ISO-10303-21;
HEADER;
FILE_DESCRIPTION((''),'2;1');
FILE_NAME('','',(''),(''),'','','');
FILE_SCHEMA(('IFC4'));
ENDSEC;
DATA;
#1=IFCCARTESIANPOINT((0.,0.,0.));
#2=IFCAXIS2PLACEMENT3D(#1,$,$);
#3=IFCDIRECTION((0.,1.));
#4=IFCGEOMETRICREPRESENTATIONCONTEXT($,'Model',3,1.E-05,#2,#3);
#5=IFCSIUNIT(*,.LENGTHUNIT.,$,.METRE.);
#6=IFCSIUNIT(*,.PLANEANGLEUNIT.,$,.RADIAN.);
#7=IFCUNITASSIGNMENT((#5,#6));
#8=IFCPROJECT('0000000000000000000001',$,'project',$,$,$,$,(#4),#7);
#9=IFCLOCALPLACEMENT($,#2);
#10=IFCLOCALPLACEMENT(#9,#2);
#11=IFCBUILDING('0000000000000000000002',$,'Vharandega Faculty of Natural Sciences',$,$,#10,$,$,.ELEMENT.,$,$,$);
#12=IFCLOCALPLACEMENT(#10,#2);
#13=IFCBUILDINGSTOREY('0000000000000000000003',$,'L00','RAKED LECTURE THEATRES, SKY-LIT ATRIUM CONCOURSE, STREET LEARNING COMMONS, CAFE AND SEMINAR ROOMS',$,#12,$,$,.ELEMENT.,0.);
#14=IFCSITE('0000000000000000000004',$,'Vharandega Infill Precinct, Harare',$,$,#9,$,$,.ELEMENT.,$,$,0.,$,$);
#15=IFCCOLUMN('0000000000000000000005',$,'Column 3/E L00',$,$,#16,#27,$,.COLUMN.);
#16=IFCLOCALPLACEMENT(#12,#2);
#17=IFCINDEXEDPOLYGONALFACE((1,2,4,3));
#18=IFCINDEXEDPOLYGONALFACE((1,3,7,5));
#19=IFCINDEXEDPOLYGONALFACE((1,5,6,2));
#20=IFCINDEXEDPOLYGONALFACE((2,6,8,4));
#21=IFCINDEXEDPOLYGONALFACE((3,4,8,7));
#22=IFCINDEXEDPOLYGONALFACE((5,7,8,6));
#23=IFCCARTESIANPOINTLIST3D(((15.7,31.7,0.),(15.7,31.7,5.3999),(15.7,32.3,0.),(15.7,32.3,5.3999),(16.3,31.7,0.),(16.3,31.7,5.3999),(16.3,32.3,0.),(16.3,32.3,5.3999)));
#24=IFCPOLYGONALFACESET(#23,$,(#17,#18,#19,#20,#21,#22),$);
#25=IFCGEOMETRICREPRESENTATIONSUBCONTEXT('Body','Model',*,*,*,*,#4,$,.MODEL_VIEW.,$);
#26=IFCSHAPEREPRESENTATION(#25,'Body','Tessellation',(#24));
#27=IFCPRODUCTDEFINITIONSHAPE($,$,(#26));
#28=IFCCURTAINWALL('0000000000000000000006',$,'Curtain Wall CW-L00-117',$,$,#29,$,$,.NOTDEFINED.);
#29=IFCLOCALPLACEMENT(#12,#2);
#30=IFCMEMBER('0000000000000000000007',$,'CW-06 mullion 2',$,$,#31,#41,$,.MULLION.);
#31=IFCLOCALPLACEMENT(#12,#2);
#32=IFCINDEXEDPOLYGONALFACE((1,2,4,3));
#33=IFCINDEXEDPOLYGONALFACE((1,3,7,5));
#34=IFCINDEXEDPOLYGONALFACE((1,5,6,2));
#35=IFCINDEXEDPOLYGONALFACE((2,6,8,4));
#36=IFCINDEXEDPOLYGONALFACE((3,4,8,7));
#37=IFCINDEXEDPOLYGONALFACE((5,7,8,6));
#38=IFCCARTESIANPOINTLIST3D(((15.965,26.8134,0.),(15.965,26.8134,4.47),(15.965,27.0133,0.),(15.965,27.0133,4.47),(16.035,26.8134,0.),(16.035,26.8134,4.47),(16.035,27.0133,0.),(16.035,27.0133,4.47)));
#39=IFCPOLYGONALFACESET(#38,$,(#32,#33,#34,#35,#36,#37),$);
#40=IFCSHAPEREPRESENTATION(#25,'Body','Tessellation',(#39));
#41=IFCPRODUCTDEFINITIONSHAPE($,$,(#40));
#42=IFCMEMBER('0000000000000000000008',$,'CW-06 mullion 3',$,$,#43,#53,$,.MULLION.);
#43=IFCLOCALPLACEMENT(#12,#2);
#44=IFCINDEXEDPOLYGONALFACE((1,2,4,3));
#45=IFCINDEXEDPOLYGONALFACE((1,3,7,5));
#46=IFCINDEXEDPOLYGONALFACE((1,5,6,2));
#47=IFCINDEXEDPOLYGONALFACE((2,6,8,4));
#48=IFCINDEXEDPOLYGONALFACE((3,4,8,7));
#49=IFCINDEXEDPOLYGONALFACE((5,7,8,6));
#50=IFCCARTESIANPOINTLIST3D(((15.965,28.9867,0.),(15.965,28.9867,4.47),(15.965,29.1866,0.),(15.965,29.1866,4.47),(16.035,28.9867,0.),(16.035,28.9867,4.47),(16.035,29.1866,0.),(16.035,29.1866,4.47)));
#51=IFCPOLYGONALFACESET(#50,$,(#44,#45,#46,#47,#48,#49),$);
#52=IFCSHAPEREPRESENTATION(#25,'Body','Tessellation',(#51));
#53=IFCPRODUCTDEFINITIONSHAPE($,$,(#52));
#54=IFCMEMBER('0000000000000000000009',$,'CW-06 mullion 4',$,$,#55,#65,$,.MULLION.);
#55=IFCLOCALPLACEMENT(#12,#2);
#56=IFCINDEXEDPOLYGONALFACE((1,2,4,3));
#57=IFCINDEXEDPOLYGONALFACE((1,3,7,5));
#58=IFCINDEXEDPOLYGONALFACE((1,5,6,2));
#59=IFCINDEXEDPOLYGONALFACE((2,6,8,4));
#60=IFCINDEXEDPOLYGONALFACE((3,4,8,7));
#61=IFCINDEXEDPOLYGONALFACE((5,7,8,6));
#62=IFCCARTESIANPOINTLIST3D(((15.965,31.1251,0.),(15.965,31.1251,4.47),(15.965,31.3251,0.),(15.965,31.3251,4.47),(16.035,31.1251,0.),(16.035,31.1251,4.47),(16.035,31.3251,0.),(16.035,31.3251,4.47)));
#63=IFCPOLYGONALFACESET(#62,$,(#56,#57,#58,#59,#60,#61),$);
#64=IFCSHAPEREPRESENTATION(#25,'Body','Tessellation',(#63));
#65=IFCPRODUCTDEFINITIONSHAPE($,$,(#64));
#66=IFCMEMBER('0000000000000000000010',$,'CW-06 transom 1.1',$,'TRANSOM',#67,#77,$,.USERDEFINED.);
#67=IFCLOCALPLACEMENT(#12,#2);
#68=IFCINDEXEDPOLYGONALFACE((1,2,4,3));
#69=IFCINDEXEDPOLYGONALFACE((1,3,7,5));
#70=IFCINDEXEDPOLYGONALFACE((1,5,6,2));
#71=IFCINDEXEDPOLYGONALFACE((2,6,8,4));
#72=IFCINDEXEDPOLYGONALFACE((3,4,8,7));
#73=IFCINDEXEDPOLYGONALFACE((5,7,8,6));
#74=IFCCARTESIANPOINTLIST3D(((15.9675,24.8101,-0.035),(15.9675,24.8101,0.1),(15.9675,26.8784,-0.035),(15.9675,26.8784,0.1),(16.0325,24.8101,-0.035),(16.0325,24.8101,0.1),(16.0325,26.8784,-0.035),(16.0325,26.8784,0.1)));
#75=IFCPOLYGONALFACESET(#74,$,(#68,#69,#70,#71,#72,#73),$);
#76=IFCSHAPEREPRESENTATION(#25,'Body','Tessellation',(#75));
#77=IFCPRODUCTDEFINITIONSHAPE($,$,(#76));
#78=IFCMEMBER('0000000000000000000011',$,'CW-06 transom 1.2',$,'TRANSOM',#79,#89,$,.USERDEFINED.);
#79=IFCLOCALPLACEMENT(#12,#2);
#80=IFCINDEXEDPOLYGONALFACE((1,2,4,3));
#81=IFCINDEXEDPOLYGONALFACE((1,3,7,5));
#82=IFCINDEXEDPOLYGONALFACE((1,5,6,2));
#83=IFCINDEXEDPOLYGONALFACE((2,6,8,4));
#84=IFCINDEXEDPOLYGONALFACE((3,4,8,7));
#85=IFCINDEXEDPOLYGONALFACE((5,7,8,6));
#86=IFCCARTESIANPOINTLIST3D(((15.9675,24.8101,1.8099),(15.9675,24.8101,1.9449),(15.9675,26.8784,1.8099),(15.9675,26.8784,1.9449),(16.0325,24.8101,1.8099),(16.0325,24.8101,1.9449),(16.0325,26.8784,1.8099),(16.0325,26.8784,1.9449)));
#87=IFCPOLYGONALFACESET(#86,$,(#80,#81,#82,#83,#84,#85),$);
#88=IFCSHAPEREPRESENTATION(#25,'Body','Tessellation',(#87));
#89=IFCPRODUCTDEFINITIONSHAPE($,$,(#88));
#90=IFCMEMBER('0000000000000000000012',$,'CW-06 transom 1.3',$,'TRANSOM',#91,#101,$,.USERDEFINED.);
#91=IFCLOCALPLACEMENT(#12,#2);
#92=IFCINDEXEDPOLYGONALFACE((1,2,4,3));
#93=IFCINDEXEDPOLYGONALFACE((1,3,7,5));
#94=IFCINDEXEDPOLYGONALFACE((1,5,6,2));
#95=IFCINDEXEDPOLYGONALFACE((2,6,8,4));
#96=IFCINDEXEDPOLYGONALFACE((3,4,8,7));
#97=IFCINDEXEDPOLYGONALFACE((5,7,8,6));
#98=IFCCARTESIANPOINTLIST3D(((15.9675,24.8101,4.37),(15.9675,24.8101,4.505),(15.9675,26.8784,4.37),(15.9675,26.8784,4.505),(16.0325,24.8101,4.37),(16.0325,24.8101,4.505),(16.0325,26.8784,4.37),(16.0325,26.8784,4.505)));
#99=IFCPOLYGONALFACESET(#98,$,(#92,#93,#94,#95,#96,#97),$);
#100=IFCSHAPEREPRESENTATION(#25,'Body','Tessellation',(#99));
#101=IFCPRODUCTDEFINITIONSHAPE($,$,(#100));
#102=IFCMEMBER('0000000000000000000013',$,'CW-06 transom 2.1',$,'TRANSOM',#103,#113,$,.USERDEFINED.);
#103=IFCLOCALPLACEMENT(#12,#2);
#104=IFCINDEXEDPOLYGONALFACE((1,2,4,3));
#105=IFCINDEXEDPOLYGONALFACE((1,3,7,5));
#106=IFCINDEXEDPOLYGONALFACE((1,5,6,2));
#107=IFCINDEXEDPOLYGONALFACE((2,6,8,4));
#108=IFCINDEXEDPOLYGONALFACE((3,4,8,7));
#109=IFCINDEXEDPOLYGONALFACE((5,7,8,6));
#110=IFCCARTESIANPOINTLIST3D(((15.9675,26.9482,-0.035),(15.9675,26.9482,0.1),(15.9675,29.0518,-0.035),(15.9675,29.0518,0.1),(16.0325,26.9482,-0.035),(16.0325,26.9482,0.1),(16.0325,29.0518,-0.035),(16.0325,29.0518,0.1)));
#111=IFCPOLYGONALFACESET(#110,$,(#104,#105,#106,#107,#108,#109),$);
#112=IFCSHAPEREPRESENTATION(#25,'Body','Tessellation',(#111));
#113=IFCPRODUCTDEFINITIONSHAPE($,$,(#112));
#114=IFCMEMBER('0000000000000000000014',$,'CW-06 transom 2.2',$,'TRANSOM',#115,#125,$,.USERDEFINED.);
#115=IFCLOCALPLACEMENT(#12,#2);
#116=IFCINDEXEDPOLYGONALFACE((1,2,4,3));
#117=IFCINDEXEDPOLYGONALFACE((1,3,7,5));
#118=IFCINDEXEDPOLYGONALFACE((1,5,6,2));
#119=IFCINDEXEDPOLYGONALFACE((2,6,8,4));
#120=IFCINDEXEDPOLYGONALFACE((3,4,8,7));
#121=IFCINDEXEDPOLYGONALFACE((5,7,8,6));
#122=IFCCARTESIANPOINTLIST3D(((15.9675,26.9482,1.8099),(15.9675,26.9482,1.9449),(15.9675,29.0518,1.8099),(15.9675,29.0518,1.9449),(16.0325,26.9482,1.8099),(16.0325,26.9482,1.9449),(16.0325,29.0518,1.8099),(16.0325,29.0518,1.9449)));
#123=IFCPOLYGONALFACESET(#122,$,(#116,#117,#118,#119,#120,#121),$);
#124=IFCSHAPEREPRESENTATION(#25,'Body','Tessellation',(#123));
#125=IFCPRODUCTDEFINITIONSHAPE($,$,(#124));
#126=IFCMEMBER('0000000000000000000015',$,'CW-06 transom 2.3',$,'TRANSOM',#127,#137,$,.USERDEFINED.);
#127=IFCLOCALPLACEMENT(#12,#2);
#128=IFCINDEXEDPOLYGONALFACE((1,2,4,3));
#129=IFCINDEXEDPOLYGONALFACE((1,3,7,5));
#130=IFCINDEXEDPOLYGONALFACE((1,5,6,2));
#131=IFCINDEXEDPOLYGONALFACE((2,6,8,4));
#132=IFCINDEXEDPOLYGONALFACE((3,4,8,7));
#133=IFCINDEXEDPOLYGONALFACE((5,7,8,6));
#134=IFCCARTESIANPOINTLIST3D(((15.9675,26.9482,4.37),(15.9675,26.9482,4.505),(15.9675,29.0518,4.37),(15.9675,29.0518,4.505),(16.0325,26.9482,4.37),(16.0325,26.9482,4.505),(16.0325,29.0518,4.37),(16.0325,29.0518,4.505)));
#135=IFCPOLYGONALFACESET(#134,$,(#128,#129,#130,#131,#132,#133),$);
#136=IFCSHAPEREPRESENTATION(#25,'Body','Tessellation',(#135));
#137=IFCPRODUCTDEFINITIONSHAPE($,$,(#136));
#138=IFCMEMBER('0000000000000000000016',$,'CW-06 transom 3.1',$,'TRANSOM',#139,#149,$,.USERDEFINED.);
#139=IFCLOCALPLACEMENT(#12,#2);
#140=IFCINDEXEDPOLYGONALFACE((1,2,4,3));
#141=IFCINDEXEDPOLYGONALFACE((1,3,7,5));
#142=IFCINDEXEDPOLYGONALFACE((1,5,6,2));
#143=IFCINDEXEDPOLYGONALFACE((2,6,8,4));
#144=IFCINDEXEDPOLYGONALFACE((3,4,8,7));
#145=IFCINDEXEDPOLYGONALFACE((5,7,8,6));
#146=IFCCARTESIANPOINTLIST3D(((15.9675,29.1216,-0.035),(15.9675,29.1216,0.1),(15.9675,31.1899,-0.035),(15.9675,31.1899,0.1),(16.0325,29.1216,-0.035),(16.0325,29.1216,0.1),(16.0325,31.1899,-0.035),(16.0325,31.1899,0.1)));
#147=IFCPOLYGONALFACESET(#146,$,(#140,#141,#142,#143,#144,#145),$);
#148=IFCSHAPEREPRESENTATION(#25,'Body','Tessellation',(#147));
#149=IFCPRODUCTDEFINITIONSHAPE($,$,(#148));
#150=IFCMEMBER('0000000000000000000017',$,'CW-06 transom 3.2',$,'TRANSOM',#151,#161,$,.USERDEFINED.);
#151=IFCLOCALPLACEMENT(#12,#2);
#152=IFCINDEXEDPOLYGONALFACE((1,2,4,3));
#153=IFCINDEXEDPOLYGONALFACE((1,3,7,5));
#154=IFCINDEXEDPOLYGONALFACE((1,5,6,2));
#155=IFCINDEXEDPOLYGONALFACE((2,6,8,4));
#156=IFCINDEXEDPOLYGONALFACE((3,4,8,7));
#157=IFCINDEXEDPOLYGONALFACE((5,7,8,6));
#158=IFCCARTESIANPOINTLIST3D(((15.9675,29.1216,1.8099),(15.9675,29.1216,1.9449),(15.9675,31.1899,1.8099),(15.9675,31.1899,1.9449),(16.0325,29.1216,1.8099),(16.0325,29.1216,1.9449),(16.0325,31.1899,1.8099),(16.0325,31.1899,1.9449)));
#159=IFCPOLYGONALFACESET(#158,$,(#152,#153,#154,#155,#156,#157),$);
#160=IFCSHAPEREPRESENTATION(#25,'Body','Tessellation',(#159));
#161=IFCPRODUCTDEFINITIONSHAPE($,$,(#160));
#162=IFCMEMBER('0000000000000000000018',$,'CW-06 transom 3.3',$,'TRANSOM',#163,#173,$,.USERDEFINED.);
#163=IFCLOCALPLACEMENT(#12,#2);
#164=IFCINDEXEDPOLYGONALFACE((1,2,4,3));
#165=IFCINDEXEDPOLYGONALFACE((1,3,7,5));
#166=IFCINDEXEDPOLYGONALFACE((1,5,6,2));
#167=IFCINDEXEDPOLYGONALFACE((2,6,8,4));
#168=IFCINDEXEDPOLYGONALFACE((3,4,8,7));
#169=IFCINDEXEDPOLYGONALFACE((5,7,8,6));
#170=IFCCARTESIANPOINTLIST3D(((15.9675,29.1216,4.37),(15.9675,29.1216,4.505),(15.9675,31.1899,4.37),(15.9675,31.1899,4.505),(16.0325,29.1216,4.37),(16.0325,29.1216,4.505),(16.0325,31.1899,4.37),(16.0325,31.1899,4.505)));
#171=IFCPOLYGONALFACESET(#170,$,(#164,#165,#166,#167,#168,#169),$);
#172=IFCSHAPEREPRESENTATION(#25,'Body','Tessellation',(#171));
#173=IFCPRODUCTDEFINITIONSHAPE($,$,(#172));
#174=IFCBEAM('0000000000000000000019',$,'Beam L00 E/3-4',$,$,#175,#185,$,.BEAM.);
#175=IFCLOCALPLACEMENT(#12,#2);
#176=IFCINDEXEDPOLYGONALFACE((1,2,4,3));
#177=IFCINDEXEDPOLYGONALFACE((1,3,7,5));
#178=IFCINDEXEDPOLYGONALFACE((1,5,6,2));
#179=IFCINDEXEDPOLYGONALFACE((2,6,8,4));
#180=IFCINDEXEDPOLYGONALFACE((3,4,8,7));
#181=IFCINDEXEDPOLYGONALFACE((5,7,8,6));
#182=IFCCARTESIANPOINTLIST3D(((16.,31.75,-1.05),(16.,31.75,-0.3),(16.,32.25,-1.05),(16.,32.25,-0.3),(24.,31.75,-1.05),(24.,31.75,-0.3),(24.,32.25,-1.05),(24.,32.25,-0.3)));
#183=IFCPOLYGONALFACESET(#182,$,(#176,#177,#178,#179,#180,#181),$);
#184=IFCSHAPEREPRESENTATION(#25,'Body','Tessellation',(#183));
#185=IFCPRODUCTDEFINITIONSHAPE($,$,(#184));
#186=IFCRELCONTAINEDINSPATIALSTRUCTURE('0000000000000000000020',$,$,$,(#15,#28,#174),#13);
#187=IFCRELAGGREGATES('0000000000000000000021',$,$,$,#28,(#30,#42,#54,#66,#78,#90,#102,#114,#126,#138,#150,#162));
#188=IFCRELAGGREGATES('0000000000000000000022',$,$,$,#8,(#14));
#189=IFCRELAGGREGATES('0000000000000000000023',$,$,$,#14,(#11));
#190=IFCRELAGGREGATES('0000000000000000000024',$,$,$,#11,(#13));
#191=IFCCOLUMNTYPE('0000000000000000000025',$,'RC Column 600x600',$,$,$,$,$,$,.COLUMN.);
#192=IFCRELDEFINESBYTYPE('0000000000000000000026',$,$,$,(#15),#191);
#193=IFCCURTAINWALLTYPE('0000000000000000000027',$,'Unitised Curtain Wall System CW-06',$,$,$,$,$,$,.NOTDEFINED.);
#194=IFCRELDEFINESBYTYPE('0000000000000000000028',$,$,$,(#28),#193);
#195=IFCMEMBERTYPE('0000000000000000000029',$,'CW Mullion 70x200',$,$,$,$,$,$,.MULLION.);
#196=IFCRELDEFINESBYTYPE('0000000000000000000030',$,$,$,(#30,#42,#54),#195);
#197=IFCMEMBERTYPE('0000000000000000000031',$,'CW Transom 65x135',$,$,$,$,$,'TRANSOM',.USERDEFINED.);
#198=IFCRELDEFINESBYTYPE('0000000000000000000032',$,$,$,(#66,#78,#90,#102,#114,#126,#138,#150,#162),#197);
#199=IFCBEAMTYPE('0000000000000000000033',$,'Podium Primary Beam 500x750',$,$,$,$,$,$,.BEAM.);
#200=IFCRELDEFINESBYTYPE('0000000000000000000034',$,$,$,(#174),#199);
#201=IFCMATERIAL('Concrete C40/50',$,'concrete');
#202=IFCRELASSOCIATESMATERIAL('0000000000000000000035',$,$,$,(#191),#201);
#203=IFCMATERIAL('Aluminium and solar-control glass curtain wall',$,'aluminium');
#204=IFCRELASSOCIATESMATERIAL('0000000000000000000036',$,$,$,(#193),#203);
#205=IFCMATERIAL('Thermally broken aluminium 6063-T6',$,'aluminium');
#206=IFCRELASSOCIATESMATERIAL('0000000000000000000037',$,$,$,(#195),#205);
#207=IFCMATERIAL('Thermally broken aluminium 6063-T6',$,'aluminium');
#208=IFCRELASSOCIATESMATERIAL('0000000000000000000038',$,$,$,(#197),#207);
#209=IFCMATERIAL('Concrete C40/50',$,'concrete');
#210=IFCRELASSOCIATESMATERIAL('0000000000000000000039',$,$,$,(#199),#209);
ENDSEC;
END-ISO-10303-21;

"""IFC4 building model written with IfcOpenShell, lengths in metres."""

from ifc_helpers import new_model, si_unit, direction, frame, origin, origin_2d, place, context, subcontext, project, spatial, rectangle, extrude, material, material_profile, profile_set, type_object, element, aggregate, save


model = new_model("IFC4")

# Units and contexts
model_context = context("Model", 3, precision=1e-05, world=origin(), true_north=direction((0.0, 1.0)))
body_context = subcontext(model_context, "Body", "Model", "MODEL_VIEW")
ifc_project = project(units=[si_unit("LENGTHUNIT", "METRE"), si_unit("PLANEANGLEUNIT", "RADIAN")], contexts=[model_context])

# Site, building, storey
site_placement = place(None, origin())
site = spatial("IfcSite", under=ifc_project, at=site_placement, Name="Vharandega Infill Precinct, Harare", CompositionType="ELEMENT", RefElevation=0.0)
building_placement = place(site_placement, origin())
building = spatial("IfcBuilding", under=site, at=building_placement, Name="Vharandega Faculty of Natural Sciences", CompositionType="ELEMENT")
storey_placement = place(building_placement, origin())
storey = spatial("IfcBuildingStorey", under=building, at=storey_placement, Name="L00", Description="RAKED LECTURE THEATRES, SKY-LIT ATRIUM CONCOURSE, STREET LEARNING COMMONS, CAFE AND SEMINAR ROOMS", CompositionType="ELEMENT", Elevation=0.0)

# Column
ifc_material_1 = material(Name="Concrete C40/50", Category="concrete")
ifc_material_profile_1 = material_profile(ifc_material_1, rectangle(XDim=0.6001, YDim=0.6001, at=origin_2d()), Name="RC 600x600")
ifc_profile_set_1 = profile_set([ifc_material_profile_1], Name="Concrete C40/50")
column_type = type_object("IfcColumnType", Name="RC Column 600x600", PredefinedType="COLUMN", material=ifc_profile_set_1)
column_placement = place(storey_placement, frame((16.0, 32.0, 0.0), z_axis=(0.0, 0.0, 1.0), x_axis=(1.0, 0.0, 0.0)))
element("IfcColumn", 1, at=column_placement, inside=storey, type_object=column_type, Name="Column 3/E L00", PredefinedType="COLUMN", context=body_context, shape_type="SweptSolid", body=[
    extrude(rectangle(XDim=0.6001, YDim=0.6001, at=origin_2d()), origin(), (0.0, 0.0, 1.0), 5.3999),
])

# Curtain wall, members
ifc_material_2 = material(Name="Aluminium and solar-control glass curtain wall", Category="aluminium")
curtain_wall_type = type_object("IfcCurtainWallType", Name="Unitised Curtain Wall System CW-06", PredefinedType="NOTDEFINED", material=ifc_material_2)
curtain_wall_placement = place(storey_placement, origin())
curtain_wall = element("IfcCurtainWall", 2, at=curtain_wall_placement, inside=storey, type_object=curtain_wall_type, Name="Curtain Wall CW-L00-117", PredefinedType="NOTDEFINED")
ifc_material_3 = material(Name="Thermally broken aluminium 6063-T6", Category="aluminium")
ifc_material_profile_2 = material_profile(ifc_material_3, rectangle(XDim=0.0701, YDim=0.2, at=origin_2d()), Name="ALU 70x200")
ifc_profile_set_2 = profile_set([ifc_material_profile_2], Name="Thermally broken aluminium 6063-T6")
member_type_1 = type_object("IfcMemberType", Name="CW Mullion 70x200", PredefinedType="MULLION", material=ifc_profile_set_2)
member_1_placement = place(storey_placement, frame((16.0, 26.9133, 0.0), z_axis=(0.0, 0.0, 1.0), x_axis=(-1.0, 0.0, 0.0)))
member_1 = element("IfcMember", 3, at=member_1_placement, type_object=member_type_1, Name="CW-06 mullion 2", PredefinedType="MULLION", context=body_context, shape_type="SweptSolid", body=[
    extrude(rectangle(XDim=0.0701, YDim=0.2, at=origin_2d()), origin(), (0.0, 0.0, 1.0), 4.47),
])
member_2_placement = place(storey_placement, frame((16.0, 29.0867, 0.0), z_axis=(0.0, 0.0, 1.0), x_axis=(-1.0, 0.0, 0.0)))
member_2 = element("IfcMember", 4, at=member_2_placement, type_object=member_type_1, Name="CW-06 mullion 3", PredefinedType="MULLION", context=body_context, shape_type="SweptSolid", body=[
    extrude(rectangle(XDim=0.0701, YDim=0.2, at=origin_2d()), origin(), (0.0, 0.0, 1.0), 4.47),
])
member_3_placement = place(storey_placement, frame((16.0, 31.2251, 0.0), z_axis=(0.0, 0.0, 1.0), x_axis=(-1.0, 0.0, 0.0)))
member_3 = element("IfcMember", 5, at=member_3_placement, type_object=member_type_1, Name="CW-06 mullion 4", PredefinedType="MULLION", context=body_context, shape_type="SweptSolid", body=[
    extrude(rectangle(XDim=0.0701, YDim=0.2, at=origin_2d()), origin(), (0.0, 0.0, 1.0), 4.47),
])
ifc_material_4 = material(Name="Thermally broken aluminium 6063-T6", Category="aluminium")
ifc_material_profile_3 = material_profile(ifc_material_4, rectangle(XDim=0.0649, YDim=0.135, at=origin_2d()), Name="ALU 65x135")
ifc_profile_set_3 = profile_set([ifc_material_profile_3], Name="Thermally broken aluminium 6063-T6")
member_type_2 = type_object("IfcMemberType", Name="CW Transom 65x135", ElementType="TRANSOM", PredefinedType="USERDEFINED", material=ifc_profile_set_3)
member_4_placement = place(storey_placement, frame((16.0, 24.8101, 0.0325), z_axis=(0.0, 1.0, 0.0), x_axis=(-1.0, 0.0, 0.0)))
member_4 = element("IfcMember", 6, at=member_4_placement, type_object=member_type_2, Name="CW-06 transom 1.1", ObjectType="TRANSOM", PredefinedType="USERDEFINED", context=body_context, shape_type="SweptSolid", body=[
    extrude(rectangle(XDim=0.0649, YDim=0.135, at=origin_2d()), origin(), (0.0, 0.0, 1.0), 2.0684),
])
member_5_placement = place(storey_placement, frame((16.0, 24.8101, 1.8774), z_axis=(0.0, 1.0, 0.0), x_axis=(-1.0, 0.0, 0.0)))
member_5 = element("IfcMember", 7, at=member_5_placement, type_object=member_type_2, Name="CW-06 transom 1.2", ObjectType="TRANSOM", PredefinedType="USERDEFINED", context=body_context, shape_type="SweptSolid", body=[
    extrude(rectangle(XDim=0.0649, YDim=0.135, at=origin_2d()), origin(), (0.0, 0.0, 1.0), 2.0684),
])
member_6_placement = place(storey_placement, frame((16.0, 24.8101, 4.4375), z_axis=(0.0, 1.0, 0.0), x_axis=(-1.0, 0.0, 0.0)))
member_6 = element("IfcMember", 8, at=member_6_placement, type_object=member_type_2, Name="CW-06 transom 1.3", ObjectType="TRANSOM", PredefinedType="USERDEFINED", context=body_context, shape_type="SweptSolid", body=[
    extrude(rectangle(XDim=0.0649, YDim=0.135, at=origin_2d()), origin(), (0.0, 0.0, 1.0), 2.0684),
])
member_7_placement = place(storey_placement, frame((16.0, 26.9482, 0.0325), z_axis=(0.0, 1.0, 0.0), x_axis=(-1.0, 0.0, 0.0)))
member_7 = element("IfcMember", 9, at=member_7_placement, type_object=member_type_2, Name="CW-06 transom 2.1", ObjectType="TRANSOM", PredefinedType="USERDEFINED", context=body_context, shape_type="SweptSolid", body=[
    extrude(rectangle(XDim=0.0649, YDim=0.135, at=origin_2d()), origin(), (0.0, 0.0, 1.0), 2.1035),
])
member_8_placement = place(storey_placement, frame((16.0, 26.9482, 1.8774), z_axis=(0.0, 1.0, 0.0), x_axis=(-1.0, 0.0, 0.0)))
member_8 = element("IfcMember", 10, at=member_8_placement, type_object=member_type_2, Name="CW-06 transom 2.2", ObjectType="TRANSOM", PredefinedType="USERDEFINED", context=body_context, shape_type="SweptSolid", body=[
    extrude(rectangle(XDim=0.0649, YDim=0.135, at=origin_2d()), origin(), (0.0, 0.0, 1.0), 2.1035),
])
member_9_placement = place(storey_placement, frame((16.0, 26.9482, 4.4375), z_axis=(0.0, 1.0, 0.0), x_axis=(-1.0, 0.0, 0.0)))
member_9 = element("IfcMember", 11, at=member_9_placement, type_object=member_type_2, Name="CW-06 transom 2.3", ObjectType="TRANSOM", PredefinedType="USERDEFINED", context=body_context, shape_type="SweptSolid", body=[
    extrude(rectangle(XDim=0.0649, YDim=0.135, at=origin_2d()), origin(), (0.0, 0.0, 1.0), 2.1035),
])
member_10_placement = place(storey_placement, frame((16.0, 29.1216, 0.0325), z_axis=(0.0, 1.0, 0.0), x_axis=(-1.0, 0.0, 0.0)))
member_10 = element("IfcMember", 12, at=member_10_placement, type_object=member_type_2, Name="CW-06 transom 3.1", ObjectType="TRANSOM", PredefinedType="USERDEFINED", context=body_context, shape_type="SweptSolid", body=[
    extrude(rectangle(XDim=0.0649, YDim=0.135, at=origin_2d()), origin(), (0.0, 0.0, 1.0), 2.0684),
])
member_11_placement = place(storey_placement, frame((16.0, 29.1216, 1.8774), z_axis=(0.0, 1.0, 0.0), x_axis=(-1.0, 0.0, 0.0)))
member_11 = element("IfcMember", 13, at=member_11_placement, type_object=member_type_2, Name="CW-06 transom 3.2", ObjectType="TRANSOM", PredefinedType="USERDEFINED", context=body_context, shape_type="SweptSolid", body=[
    extrude(rectangle(XDim=0.0649, YDim=0.135, at=origin_2d()), origin(), (0.0, 0.0, 1.0), 2.0684),
])
member_12_placement = place(storey_placement, frame((16.0, 29.1216, 4.4375), z_axis=(0.0, 1.0, 0.0), x_axis=(-1.0, 0.0, 0.0)))
member_12 = element("IfcMember", 14, at=member_12_placement, type_object=member_type_2, Name="CW-06 transom 3.3", ObjectType="TRANSOM", PredefinedType="USERDEFINED", context=body_context, shape_type="SweptSolid", body=[
    extrude(rectangle(XDim=0.0649, YDim=0.135, at=origin_2d()), origin(), (0.0, 0.0, 1.0), 2.0684),
])

# Beam
ifc_material_5 = material(Name="Concrete C40/50", Category="concrete")
ifc_material_profile_4 = material_profile(ifc_material_5, rectangle(XDim=0.5, YDim=0.75, at=origin_2d()), Name="RC 500x750")
ifc_profile_set_4 = profile_set([ifc_material_profile_4], Name="Concrete C40/50")
beam_type_1 = type_object("IfcBeamType", Name="Podium Primary Beam 500x750", PredefinedType="BEAM", material=ifc_profile_set_4)
beam_1_placement = place(storey_placement, frame((16.0, 32.0, -0.675), z_axis=(1.0, 0.0, 0.0), x_axis=(0.0, 1.0, 0.0)))
element("IfcBeam", 15, at=beam_1_placement, inside=storey, type_object=beam_type_1, Name="Beam L00 E/3-4", PredefinedType="BEAM", context=body_context, shape_type="SweptSolid", body=[
    extrude(rectangle(XDim=0.5, YDim=0.75, at=origin_2d()), origin(), (0.0, 0.0, 1.0), 8.0),
])

aggregate(curtain_wall, [member_1, member_2, member_3, member_4, member_5, member_6, member_7, member_8, member_9, member_10, member_11, member_12])

save(model, "model.ifc")
